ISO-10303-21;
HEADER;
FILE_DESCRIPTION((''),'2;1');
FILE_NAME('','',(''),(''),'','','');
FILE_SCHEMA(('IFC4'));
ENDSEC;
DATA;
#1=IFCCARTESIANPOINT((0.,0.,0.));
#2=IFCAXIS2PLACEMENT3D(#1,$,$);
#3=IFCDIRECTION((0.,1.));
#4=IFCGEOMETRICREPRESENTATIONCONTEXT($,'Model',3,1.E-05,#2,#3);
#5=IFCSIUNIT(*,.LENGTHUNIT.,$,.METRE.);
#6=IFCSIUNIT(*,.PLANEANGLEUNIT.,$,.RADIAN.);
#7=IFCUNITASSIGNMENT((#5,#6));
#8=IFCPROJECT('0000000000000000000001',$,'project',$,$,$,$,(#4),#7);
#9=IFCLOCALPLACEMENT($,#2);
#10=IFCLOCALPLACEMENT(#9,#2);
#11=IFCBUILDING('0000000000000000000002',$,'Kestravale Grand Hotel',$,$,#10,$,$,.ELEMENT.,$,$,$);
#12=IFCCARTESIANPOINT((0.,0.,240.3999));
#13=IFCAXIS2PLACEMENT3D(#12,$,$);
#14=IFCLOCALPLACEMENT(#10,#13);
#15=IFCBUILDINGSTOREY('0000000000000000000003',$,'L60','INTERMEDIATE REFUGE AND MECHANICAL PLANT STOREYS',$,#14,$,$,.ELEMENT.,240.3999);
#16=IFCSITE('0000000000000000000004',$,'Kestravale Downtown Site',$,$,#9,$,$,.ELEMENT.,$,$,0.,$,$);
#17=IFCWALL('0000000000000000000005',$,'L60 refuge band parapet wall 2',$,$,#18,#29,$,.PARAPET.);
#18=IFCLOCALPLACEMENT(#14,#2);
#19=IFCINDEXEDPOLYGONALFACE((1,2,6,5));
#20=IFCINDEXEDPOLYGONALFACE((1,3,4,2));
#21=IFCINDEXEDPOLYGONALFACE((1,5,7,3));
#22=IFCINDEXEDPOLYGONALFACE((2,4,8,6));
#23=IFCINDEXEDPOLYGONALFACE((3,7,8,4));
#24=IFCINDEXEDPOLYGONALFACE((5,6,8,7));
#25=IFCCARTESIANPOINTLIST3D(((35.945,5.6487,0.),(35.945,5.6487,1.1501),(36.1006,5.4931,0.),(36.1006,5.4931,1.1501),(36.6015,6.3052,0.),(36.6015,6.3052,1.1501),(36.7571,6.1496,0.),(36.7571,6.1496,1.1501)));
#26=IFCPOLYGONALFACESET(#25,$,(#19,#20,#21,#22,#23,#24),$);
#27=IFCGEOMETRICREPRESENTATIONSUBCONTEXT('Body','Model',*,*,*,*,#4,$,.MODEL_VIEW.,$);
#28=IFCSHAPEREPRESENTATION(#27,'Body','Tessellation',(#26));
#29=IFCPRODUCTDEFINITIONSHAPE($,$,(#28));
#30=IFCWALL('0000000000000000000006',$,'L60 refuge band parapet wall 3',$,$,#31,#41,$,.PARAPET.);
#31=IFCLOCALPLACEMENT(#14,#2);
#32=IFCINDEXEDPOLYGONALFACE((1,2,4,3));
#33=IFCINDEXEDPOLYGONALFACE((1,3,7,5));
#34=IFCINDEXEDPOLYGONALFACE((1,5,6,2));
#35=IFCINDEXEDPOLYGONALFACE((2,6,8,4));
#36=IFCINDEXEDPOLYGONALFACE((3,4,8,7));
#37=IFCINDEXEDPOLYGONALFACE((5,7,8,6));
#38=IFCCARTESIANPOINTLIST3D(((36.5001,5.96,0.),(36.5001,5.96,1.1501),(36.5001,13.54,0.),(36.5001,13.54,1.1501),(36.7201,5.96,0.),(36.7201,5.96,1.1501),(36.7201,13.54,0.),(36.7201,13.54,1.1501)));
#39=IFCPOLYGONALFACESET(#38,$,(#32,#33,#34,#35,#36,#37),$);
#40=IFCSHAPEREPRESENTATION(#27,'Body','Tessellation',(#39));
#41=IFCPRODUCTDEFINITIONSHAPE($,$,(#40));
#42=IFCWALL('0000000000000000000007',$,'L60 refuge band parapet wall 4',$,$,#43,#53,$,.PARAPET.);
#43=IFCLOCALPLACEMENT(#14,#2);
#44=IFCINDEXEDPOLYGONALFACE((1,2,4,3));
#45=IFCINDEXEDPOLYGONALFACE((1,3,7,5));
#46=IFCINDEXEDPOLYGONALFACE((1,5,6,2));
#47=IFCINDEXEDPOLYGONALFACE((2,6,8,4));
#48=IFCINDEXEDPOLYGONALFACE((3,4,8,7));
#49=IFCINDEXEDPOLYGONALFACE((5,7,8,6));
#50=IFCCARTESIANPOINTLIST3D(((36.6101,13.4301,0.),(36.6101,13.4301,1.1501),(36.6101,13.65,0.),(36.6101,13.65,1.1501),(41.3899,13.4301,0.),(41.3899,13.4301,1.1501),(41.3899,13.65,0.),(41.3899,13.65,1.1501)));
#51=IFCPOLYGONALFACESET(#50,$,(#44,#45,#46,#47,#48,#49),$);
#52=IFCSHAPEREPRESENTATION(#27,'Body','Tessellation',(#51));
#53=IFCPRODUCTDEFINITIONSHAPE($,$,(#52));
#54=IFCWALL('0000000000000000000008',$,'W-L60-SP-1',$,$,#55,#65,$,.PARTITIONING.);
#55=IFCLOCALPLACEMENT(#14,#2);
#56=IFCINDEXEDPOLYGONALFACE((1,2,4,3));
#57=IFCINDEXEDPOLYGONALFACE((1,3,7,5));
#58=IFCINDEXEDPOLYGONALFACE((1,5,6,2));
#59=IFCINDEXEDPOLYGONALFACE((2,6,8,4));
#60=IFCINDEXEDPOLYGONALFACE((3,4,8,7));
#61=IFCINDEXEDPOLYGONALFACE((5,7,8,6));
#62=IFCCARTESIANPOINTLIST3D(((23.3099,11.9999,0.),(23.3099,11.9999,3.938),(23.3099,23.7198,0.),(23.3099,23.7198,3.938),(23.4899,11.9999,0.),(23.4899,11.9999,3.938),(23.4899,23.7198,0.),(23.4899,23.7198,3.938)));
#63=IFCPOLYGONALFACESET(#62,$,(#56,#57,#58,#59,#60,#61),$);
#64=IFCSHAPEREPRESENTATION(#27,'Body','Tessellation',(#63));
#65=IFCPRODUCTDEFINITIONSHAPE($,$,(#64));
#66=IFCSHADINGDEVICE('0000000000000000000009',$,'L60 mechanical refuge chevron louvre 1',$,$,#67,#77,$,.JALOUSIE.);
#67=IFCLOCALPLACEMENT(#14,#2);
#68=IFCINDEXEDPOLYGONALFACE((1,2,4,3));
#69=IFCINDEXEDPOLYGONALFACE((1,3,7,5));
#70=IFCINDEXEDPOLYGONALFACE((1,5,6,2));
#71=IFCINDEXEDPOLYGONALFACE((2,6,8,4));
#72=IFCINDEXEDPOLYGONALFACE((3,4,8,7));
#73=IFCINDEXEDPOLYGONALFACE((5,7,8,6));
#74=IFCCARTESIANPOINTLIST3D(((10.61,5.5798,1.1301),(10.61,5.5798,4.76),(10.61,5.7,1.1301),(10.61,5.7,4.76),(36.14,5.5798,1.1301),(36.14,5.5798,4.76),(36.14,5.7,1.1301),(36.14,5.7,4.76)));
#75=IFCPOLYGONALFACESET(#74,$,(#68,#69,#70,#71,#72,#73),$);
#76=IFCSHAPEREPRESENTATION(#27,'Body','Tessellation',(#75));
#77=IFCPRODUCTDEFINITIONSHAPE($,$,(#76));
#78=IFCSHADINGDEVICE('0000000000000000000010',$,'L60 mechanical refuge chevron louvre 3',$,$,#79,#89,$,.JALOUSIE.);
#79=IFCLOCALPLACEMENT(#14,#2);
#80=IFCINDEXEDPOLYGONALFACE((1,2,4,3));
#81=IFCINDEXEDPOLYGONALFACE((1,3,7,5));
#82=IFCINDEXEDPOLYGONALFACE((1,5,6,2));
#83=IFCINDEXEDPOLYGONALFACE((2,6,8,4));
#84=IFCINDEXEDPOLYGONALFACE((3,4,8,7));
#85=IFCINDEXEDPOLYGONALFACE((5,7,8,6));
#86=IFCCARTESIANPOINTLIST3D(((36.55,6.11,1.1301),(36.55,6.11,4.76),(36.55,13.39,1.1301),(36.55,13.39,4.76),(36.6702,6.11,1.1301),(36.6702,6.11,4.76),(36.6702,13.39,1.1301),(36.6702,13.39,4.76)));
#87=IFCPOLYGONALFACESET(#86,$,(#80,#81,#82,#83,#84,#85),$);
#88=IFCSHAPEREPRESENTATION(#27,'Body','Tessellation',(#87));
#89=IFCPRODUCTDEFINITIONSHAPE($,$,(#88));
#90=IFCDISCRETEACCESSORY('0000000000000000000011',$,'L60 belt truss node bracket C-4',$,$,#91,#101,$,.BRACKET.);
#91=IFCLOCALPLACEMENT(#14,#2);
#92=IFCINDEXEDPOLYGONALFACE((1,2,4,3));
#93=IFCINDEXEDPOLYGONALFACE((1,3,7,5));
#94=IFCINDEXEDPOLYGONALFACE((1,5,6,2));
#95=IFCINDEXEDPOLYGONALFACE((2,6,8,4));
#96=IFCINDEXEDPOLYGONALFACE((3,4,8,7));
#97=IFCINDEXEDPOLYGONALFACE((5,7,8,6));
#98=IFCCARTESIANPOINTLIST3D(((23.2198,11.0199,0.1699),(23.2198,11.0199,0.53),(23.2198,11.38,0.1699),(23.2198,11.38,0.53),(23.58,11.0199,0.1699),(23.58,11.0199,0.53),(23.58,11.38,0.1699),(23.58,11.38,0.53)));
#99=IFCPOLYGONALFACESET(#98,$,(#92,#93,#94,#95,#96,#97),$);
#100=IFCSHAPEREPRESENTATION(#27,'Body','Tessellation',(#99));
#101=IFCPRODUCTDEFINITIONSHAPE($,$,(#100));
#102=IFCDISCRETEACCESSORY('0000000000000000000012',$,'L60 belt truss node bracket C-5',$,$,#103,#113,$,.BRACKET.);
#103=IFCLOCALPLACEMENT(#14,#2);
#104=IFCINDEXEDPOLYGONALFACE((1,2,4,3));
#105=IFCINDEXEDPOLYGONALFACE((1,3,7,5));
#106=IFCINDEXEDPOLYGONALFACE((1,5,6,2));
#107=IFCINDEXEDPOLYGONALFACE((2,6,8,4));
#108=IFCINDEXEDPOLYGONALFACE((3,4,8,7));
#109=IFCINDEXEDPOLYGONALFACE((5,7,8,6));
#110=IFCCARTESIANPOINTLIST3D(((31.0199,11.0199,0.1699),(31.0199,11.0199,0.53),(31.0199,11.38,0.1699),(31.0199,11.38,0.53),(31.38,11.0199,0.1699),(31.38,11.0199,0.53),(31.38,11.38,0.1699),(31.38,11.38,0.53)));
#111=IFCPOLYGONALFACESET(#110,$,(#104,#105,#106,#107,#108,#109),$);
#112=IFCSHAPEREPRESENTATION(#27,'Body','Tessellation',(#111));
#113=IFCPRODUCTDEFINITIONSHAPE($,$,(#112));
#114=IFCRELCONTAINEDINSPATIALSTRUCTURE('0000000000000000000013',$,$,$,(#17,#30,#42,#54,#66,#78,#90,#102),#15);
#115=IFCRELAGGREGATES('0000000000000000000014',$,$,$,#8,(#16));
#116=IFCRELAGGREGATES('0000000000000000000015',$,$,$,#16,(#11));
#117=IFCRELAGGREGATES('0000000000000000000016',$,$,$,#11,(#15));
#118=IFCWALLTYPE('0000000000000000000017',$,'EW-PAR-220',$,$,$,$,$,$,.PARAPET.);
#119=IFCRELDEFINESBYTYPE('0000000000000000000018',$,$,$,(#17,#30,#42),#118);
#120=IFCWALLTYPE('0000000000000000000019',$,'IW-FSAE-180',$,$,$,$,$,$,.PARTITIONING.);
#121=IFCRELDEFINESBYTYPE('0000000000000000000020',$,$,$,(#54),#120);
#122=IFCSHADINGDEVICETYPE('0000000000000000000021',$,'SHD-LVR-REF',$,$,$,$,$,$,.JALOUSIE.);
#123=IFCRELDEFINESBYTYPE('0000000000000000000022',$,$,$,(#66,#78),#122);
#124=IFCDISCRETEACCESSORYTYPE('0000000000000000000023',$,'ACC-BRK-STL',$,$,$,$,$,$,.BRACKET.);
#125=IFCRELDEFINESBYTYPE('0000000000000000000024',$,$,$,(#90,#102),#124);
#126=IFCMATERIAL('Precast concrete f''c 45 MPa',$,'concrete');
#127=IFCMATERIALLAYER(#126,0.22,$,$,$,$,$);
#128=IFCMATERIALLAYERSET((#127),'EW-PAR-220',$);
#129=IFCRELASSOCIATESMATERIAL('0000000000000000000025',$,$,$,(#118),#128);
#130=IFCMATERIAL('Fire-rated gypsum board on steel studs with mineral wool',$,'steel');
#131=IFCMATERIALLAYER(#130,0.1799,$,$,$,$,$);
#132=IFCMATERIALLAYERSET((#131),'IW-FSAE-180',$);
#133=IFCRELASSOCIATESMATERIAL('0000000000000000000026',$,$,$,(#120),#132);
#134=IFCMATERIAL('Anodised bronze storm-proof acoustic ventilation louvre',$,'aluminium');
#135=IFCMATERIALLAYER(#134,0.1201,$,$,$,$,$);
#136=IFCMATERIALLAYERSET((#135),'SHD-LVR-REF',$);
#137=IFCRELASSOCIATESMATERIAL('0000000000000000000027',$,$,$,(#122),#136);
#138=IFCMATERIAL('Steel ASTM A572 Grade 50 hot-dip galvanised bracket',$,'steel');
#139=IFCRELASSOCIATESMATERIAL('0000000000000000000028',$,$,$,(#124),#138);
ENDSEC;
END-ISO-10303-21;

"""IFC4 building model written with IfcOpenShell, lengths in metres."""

from ifc_helpers import new_model, si_unit, direction, frame, frame_2d, origin, origin_2d, place, context, subcontext, project, spatial, rectangle, extrude, material, layer, layer_set, type_object, element, save


model = new_model("IFC4")

# Units and contexts
model_context = context("Model", 3, precision=1e-05, world=origin(), true_north=direction((0.0, 1.0)))
body_context = subcontext(model_context, "Body", "Model", "MODEL_VIEW")
ifc_project = project(units=[si_unit("LENGTHUNIT", "METRE"), si_unit("PLANEANGLEUNIT", "RADIAN")], contexts=[model_context])

# Site, building, storey
site_placement = place(None, origin())
site = spatial("IfcSite", under=ifc_project, at=site_placement, Name="Kestravale Downtown Site", CompositionType="ELEMENT", RefElevation=0.0)
building_placement = place(site_placement, origin())
building = spatial("IfcBuilding", under=site, at=building_placement, Name="Kestravale Grand Hotel", CompositionType="ELEMENT")
storey_placement = place(building_placement, frame((0.0, 0.0, 240.3999)))
storey = spatial("IfcBuildingStorey", under=building, at=storey_placement, Name="L60", Description="INTERMEDIATE REFUGE AND MECHANICAL PLANT STOREYS", CompositionType="ELEMENT", Elevation=240.3999)

# Walls
ifc_material_1 = material(Name="Precast concrete f'c 45 MPa", Category="concrete")
ifc_layer_1 = layer(ifc_material_1, 0.22)
ifc_layer_set_1 = layer_set([ifc_layer_1], Name="EW-PAR-220")
wall_type_1 = type_object("IfcWallType", Name="EW-PAR-220", PredefinedType="PARAPET", material=ifc_layer_set_1)
wall_1_placement = place(storey_placement, frame((36.0227, 5.5708, 0.0), z_axis=(0.0, 0.0, 1.0), x_axis=(0.707107, 0.707107, 0.0)))
element("IfcWall", 1, at=wall_1_placement, inside=storey, type_object=wall_type_1, Name="L60 refuge band parapet wall 2", PredefinedType="PARAPET", context=body_context, shape_type="SweptSolid", body=[
    extrude(rectangle(XDim=0.9285, YDim=0.22, at=frame_2d((0.4644, 0.0))), origin(), (0.0, 0.0, 1.0), 1.1501),
])
wall_2_placement = place(storey_placement, frame((36.6101, 5.96, 0.0), z_axis=(0.0, 0.0, 1.0), x_axis=(0.0, 1.0, 0.0)))
element("IfcWall", 2, at=wall_2_placement, inside=storey, type_object=wall_type_1, Name="L60 refuge band parapet wall 3", PredefinedType="PARAPET", context=body_context, shape_type="SweptSolid", body=[
    extrude(rectangle(XDim=7.5801, YDim=0.22, at=frame_2d((3.79, 0.0))), origin(), (0.0, 0.0, 1.0), 1.1501),
])
wall_3_placement = place(storey_placement, frame((36.6101, 13.54, 0.0), z_axis=(0.0, 0.0, 1.0), x_axis=(1.0, 0.0, 0.0)))
element("IfcWall", 3, at=wall_3_placement, inside=storey, type_object=wall_type_1, Name="L60 refuge band parapet wall 4", PredefinedType="PARAPET", context=body_context, shape_type="SweptSolid", body=[
    extrude(rectangle(XDim=4.7798, YDim=0.22, at=frame_2d((2.3899, 0.0))), origin(), (0.0, 0.0, 1.0), 1.1501),
])
ifc_material_2 = material(Name="Fire-rated gypsum board on steel studs with mineral wool", Category="steel")
ifc_layer_2 = layer(ifc_material_2, 0.1799)
ifc_layer_set_2 = layer_set([ifc_layer_2], Name="IW-FSAE-180")
wall_type_2 = type_object("IfcWallType", Name="IW-FSAE-180", PredefinedType="PARTITIONING", material=ifc_layer_set_2)
wall_4_placement = place(storey_placement, frame((23.3999, 12.0, 0.0), z_axis=(0.0, 0.0, 1.0), x_axis=(0.0, 1.0, 0.0)))
element("IfcWall", 4, at=wall_4_placement, inside=storey, type_object=wall_type_2, Name="W-L60-SP-1", PredefinedType="PARTITIONING", context=body_context, shape_type="SweptSolid", body=[
    extrude(rectangle(XDim=11.72, YDim=0.1799, at=frame_2d((5.8599, 0.0))), origin(), (0.0, 0.0, 1.0), 3.938),
])

# Shading devices
ifc_material_3 = material(Name="Anodised bronze storm-proof acoustic ventilation louvre", Category="aluminium")
ifc_layer_3 = layer(ifc_material_3, 0.1201)
ifc_layer_set_3 = layer_set([ifc_layer_3], Name="SHD-LVR-REF")
shading_device_type = type_object("IfcShadingDeviceType", Name="SHD-LVR-REF", PredefinedType="JALOUSIE", material=ifc_layer_set_3)
shading_device_1_placement = place(storey_placement, frame((23.375, 5.6399, 1.1301), z_axis=(0.0, 0.0, 1.0), x_axis=(1.0, 0.0, 0.0)))
element("IfcShadingDevice", 5, at=shading_device_1_placement, inside=storey, type_object=shading_device_type, Name="L60 mechanical refuge chevron louvre 1", PredefinedType="JALOUSIE", context=body_context, shape_type="SweptSolid", body=[
    extrude(rectangle(XDim=25.53, YDim=0.1201, at=origin_2d()), origin(), (0.0, 0.0, 1.0), 3.6299),
])
shading_device_2_placement = place(storey_placement, frame((36.6101, 9.75, 1.1301), z_axis=(0.0, 0.0, 1.0), x_axis=(0.0, 1.0, 0.0)))
element("IfcShadingDevice", 6, at=shading_device_2_placement, inside=storey, type_object=shading_device_type, Name="L60 mechanical refuge chevron louvre 3", PredefinedType="JALOUSIE", context=body_context, shape_type="SweptSolid", body=[
    extrude(rectangle(XDim=7.28, YDim=0.1201, at=origin_2d()), origin(), (0.0, 0.0, 1.0), 3.6299),
])

# Discrete accessories
ifc_material_4 = material(Name="Steel ASTM A572 Grade 50 hot-dip galvanised bracket", Category="steel")
discrete_accessory_type = type_object("IfcDiscreteAccessoryType", Name="ACC-BRK-STL", PredefinedType="BRACKET", material=ifc_material_4)
for number, where, z_axis, x_axis, name in (
    (7, (23.3999, 11.2, 0.1699), (0.0, 0.0, 1.0), (1.0, 0.0, 0.0), "L60 belt truss node bracket C-4"),
    (8, (31.2, 11.2, 0.1699), (0.0, 0.0, 1.0), (1.0, 0.0, 0.0), "L60 belt truss node bracket C-5"),
):
    element("IfcDiscreteAccessory", number, at=place(storey_placement, frame(where, z_axis=z_axis, x_axis=x_axis)), inside=storey, type_object=discrete_accessory_type, Name=name, PredefinedType="BRACKET", context=body_context, shape_type="SweptSolid", body=[
        extrude(rectangle(XDim=0.3601, YDim=0.3601, at=origin_2d()), origin(), (0.0, 0.0, 1.0), 0.3601),
    ])

save(model, "model.ifc")
